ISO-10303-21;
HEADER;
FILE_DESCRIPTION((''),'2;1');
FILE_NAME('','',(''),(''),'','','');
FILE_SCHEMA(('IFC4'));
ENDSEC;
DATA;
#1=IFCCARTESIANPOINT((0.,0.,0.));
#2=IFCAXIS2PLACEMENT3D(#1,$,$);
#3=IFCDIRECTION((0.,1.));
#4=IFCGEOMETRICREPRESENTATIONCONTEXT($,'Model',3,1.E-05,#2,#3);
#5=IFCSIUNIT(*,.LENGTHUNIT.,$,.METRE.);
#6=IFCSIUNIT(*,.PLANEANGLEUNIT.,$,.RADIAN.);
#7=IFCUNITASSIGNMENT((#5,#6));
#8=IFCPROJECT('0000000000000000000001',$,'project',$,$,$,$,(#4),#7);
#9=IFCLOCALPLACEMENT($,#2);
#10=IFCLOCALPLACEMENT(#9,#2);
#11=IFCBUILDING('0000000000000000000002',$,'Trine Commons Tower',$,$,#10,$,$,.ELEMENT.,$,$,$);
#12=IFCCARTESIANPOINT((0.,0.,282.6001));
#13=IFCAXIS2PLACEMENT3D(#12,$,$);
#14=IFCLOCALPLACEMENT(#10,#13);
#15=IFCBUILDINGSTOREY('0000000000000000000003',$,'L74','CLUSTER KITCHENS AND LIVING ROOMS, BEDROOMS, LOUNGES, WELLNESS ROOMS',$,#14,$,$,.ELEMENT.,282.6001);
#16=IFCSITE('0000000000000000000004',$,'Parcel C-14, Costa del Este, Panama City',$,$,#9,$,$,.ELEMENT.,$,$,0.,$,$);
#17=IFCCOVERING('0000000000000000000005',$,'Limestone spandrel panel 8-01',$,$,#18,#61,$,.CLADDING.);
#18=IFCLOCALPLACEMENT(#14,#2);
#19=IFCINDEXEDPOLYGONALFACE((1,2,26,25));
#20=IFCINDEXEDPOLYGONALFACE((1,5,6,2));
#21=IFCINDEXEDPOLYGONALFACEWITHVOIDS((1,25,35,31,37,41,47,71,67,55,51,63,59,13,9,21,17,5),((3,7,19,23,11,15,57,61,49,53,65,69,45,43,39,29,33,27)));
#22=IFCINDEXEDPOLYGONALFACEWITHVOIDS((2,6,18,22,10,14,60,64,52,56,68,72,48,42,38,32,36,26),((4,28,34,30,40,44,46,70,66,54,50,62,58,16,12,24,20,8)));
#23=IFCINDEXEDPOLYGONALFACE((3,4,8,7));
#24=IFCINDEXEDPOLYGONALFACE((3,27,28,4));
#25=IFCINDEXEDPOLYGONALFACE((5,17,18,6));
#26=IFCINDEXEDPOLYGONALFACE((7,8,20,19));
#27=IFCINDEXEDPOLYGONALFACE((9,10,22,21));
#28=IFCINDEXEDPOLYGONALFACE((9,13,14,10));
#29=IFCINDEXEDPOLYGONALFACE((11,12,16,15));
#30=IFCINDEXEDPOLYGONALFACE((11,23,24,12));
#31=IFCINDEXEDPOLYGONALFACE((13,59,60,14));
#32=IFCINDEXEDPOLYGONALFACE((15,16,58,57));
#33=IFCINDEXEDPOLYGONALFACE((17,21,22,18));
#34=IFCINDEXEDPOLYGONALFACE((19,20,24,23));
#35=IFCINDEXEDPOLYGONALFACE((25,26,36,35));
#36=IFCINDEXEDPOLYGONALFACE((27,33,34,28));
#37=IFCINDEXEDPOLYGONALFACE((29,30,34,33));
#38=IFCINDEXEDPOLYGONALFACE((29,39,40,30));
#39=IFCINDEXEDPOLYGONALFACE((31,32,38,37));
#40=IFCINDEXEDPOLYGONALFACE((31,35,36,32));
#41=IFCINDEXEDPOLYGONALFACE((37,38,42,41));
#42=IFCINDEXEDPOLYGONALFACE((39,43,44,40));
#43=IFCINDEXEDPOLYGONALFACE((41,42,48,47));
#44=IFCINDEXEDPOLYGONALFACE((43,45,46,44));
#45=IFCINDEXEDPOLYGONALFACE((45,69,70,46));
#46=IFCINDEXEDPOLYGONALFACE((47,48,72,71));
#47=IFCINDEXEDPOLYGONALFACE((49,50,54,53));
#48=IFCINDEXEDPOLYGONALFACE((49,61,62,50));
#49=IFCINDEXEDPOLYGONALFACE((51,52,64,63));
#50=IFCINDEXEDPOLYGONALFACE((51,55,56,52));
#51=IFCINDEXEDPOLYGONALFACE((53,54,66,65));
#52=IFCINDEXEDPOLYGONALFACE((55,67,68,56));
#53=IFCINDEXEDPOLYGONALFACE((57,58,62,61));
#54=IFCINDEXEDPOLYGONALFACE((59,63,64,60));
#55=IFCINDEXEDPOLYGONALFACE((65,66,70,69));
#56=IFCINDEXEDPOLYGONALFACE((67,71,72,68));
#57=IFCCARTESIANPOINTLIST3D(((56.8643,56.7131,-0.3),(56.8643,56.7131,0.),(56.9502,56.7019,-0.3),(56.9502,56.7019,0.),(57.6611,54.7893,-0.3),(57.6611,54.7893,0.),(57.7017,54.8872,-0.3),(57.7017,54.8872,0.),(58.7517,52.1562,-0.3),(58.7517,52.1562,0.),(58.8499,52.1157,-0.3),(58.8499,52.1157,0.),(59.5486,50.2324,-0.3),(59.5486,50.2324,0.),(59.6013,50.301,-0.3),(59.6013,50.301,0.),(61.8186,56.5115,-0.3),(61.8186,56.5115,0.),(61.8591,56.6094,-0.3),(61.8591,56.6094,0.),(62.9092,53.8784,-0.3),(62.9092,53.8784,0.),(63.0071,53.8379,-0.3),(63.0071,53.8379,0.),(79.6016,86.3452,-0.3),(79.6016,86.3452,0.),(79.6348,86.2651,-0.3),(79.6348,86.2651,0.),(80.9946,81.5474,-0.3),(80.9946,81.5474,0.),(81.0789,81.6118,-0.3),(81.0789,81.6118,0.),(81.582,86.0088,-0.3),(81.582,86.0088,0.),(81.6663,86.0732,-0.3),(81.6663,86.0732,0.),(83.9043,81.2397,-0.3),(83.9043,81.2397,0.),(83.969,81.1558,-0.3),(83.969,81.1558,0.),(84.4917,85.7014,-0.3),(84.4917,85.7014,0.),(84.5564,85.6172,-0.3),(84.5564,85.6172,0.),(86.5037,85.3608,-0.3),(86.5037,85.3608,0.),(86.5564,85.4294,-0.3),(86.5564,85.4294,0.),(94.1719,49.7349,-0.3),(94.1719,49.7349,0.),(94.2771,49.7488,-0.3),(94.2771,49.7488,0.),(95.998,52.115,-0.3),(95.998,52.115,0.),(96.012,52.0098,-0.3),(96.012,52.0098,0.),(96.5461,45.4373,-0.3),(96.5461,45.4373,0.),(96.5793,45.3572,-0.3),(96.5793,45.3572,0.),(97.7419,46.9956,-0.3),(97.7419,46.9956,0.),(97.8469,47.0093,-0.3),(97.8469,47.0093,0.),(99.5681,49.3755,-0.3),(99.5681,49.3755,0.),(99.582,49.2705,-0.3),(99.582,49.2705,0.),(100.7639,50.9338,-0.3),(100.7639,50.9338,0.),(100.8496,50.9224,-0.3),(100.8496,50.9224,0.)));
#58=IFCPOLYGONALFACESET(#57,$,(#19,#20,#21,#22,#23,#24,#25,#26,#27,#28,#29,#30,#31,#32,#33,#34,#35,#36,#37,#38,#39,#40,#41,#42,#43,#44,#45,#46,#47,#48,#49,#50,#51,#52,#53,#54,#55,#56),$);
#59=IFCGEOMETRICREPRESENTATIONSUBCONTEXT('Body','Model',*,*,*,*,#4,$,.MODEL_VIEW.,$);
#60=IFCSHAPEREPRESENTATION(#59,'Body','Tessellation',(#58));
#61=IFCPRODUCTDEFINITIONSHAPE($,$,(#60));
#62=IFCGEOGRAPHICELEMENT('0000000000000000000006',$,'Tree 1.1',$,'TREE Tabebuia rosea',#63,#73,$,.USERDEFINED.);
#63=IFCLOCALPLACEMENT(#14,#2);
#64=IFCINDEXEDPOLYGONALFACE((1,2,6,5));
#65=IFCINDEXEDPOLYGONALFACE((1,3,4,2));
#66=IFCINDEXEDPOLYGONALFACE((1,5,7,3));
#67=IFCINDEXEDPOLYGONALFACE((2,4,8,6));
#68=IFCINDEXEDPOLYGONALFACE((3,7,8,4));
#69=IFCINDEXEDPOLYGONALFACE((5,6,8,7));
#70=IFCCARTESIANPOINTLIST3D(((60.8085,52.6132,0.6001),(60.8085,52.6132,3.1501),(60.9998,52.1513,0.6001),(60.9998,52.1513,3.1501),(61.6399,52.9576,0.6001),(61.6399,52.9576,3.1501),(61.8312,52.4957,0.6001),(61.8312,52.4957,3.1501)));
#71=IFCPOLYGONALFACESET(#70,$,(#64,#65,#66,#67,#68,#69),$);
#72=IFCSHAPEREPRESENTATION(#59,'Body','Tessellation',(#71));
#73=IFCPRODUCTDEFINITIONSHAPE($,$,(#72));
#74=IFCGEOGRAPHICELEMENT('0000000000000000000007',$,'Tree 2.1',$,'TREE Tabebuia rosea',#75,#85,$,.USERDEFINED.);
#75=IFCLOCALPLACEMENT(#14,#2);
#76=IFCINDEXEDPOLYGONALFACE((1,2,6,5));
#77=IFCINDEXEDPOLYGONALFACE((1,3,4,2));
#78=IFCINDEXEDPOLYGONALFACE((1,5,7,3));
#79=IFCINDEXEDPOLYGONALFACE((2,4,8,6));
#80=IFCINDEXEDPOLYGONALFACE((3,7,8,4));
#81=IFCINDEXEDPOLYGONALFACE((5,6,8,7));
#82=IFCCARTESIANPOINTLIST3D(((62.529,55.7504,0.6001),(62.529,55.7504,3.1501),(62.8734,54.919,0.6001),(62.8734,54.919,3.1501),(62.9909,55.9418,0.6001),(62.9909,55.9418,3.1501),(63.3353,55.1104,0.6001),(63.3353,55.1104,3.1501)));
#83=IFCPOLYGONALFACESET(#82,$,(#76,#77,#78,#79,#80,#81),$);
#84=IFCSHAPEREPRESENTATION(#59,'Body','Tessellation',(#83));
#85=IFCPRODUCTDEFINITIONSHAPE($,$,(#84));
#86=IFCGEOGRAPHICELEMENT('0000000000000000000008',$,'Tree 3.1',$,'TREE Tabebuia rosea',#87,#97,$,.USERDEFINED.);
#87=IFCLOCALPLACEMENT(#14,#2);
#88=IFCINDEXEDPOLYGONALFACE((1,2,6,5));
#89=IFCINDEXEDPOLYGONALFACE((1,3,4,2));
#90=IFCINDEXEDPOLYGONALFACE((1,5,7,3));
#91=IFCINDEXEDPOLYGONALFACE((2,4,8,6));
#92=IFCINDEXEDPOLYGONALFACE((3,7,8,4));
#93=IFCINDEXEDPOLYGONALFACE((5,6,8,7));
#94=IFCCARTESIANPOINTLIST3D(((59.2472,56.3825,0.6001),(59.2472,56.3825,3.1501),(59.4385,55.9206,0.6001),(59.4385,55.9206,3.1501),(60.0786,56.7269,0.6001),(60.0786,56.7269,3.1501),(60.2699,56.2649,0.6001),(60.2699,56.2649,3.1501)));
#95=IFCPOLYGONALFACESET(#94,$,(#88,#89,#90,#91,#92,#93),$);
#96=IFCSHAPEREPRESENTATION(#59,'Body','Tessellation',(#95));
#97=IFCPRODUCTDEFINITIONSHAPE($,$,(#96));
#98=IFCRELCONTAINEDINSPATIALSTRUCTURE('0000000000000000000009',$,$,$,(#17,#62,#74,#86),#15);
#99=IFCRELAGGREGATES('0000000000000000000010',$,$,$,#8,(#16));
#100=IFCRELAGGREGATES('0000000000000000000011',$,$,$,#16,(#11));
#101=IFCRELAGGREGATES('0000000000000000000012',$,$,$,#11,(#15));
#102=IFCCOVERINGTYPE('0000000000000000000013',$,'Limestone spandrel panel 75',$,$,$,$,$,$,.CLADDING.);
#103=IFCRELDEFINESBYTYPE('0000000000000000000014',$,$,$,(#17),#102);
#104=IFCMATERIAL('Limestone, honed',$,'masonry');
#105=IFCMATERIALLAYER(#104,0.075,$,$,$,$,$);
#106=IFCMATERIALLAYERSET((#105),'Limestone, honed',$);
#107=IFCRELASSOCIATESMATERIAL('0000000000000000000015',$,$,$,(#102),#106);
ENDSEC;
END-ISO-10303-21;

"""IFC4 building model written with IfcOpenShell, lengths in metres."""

from ifc_helpers import new_model, si_unit, direction, frame, origin, origin_2d, place, context, subcontext, project, spatial, polyline, rectangle, outline, extrude, material, layer, layer_set, type_object, element, save


model = new_model("IFC4")

# Units and contexts
model_context = context("Model", 3, precision=1e-05, world=origin(), true_north=direction((0.0, 1.0)))
body_context = subcontext(model_context, "Body", "Model", "MODEL_VIEW")
ifc_project = project(units=[si_unit("LENGTHUNIT", "METRE"), si_unit("PLANEANGLEUNIT", "RADIAN")], contexts=[model_context])

# Site, building, storey
site_placement = place(None, origin())
site = spatial("IfcSite", under=ifc_project, at=site_placement, Name="Parcel C-14, Costa del Este, Panama City", CompositionType="ELEMENT", RefElevation=0.0)
building_placement = place(site_placement, origin())
building = spatial("IfcBuilding", under=site, at=building_placement, Name="Trine Commons Tower", CompositionType="ELEMENT")
storey_placement = place(building_placement, frame((0.0, 0.0, 282.6001)))
storey = spatial("IfcBuildingStorey", under=building, at=storey_placement, Name="L74", Description="CLUSTER KITCHENS AND LIVING ROOMS, BEDROOMS, LOUNGES, WELLNESS ROOMS", CompositionType="ELEMENT", Elevation=282.6001)

# Covering
ifc_material_1 = material(Name="Limestone, honed", Category="masonry")
ifc_layer_1 = layer(ifc_material_1, 0.075)
ifc_layer_set_1 = layer_set([ifc_layer_1], Name="Limestone, honed")
covering_type_1 = type_object("IfcCoveringType", Name="Limestone spandrel panel 75", PredefinedType="CLADDING", material=ifc_layer_set_1)
covering_1_placement = place(storey_placement, frame((0.0, 0.0, -0.3)))
element("IfcCovering", 1, at=covering_1_placement, inside=storey, type_object=covering_type_1, Name="Limestone spandrel panel 8-01", PredefinedType="CLADDING", context=body_context, shape_type="SweptSolid", body=[
    extrude(outline(polyline([(96.012, 52.0098), (99.582, 49.2705), (100.8496, 50.9224), (86.5564, 85.4294), (84.4917, 85.7014), (83.9043, 81.2397), (81.0789, 81.6118), (81.6663, 86.0732), (79.6016, 86.3452), (56.8643, 56.7131), (57.6611, 54.7893), (61.8186, 56.5115), (62.9092, 53.8784), (58.7517, 52.1562), (59.5486, 50.2324), (96.5793, 45.3572), (97.8469, 47.0093), (94.2771, 49.7488), (96.012, 52.0098)]), holes=[polyline([(84.5564, 85.6172), (86.5037, 85.3608), (100.7639, 50.9338), (99.5681, 49.3755), (95.998, 52.115), (94.1719, 49.7349), (97.7419, 46.9956), (96.5461, 45.4373), (59.6013, 50.301), (58.8499, 52.1157), (63.0071, 53.8379), (61.8591, 56.6094), (57.7017, 54.8872), (56.9502, 56.7019), (79.6348, 86.2651), (81.582, 86.0088), (80.9946, 81.5474), (83.969, 81.1558), (84.5564, 85.6172)])]), origin(), (0.0, 0.0, 1.0), 0.3),
])

# Geographic elements
for number, where, z_axis, x_axis, name in (
    (2, (61.3198, 52.5544, 0.6001), (0.0, 0.0, 1.0), (0.923886, 0.382669, 0.0), "Tree 1.1"),
    (3, (62.9321, 55.4304, 0.6001), (0.0, 0.0, 1.0), (-0.382688, 0.923878, 0.0), "Tree 2.1"),
    (4, (59.7585, 56.3237, 0.6001), (0.0, 0.0, 1.0), (-0.923886, -0.382669, 0.0), "Tree 3.1"),
):
    element("IfcGeographicElement", number, at=place(storey_placement, frame(where, z_axis=z_axis, x_axis=x_axis)), inside=storey, Name=name, ObjectType="TREE Tabebuia rosea", PredefinedType="USERDEFINED", context=body_context, shape_type="SweptSolid", body=[
        extrude(rectangle(XDim=0.8999, YDim=0.5, at=origin_2d()), origin(), (0.0, 0.0, 1.0), 2.55),
    ])

save(model, "model.ifc")
